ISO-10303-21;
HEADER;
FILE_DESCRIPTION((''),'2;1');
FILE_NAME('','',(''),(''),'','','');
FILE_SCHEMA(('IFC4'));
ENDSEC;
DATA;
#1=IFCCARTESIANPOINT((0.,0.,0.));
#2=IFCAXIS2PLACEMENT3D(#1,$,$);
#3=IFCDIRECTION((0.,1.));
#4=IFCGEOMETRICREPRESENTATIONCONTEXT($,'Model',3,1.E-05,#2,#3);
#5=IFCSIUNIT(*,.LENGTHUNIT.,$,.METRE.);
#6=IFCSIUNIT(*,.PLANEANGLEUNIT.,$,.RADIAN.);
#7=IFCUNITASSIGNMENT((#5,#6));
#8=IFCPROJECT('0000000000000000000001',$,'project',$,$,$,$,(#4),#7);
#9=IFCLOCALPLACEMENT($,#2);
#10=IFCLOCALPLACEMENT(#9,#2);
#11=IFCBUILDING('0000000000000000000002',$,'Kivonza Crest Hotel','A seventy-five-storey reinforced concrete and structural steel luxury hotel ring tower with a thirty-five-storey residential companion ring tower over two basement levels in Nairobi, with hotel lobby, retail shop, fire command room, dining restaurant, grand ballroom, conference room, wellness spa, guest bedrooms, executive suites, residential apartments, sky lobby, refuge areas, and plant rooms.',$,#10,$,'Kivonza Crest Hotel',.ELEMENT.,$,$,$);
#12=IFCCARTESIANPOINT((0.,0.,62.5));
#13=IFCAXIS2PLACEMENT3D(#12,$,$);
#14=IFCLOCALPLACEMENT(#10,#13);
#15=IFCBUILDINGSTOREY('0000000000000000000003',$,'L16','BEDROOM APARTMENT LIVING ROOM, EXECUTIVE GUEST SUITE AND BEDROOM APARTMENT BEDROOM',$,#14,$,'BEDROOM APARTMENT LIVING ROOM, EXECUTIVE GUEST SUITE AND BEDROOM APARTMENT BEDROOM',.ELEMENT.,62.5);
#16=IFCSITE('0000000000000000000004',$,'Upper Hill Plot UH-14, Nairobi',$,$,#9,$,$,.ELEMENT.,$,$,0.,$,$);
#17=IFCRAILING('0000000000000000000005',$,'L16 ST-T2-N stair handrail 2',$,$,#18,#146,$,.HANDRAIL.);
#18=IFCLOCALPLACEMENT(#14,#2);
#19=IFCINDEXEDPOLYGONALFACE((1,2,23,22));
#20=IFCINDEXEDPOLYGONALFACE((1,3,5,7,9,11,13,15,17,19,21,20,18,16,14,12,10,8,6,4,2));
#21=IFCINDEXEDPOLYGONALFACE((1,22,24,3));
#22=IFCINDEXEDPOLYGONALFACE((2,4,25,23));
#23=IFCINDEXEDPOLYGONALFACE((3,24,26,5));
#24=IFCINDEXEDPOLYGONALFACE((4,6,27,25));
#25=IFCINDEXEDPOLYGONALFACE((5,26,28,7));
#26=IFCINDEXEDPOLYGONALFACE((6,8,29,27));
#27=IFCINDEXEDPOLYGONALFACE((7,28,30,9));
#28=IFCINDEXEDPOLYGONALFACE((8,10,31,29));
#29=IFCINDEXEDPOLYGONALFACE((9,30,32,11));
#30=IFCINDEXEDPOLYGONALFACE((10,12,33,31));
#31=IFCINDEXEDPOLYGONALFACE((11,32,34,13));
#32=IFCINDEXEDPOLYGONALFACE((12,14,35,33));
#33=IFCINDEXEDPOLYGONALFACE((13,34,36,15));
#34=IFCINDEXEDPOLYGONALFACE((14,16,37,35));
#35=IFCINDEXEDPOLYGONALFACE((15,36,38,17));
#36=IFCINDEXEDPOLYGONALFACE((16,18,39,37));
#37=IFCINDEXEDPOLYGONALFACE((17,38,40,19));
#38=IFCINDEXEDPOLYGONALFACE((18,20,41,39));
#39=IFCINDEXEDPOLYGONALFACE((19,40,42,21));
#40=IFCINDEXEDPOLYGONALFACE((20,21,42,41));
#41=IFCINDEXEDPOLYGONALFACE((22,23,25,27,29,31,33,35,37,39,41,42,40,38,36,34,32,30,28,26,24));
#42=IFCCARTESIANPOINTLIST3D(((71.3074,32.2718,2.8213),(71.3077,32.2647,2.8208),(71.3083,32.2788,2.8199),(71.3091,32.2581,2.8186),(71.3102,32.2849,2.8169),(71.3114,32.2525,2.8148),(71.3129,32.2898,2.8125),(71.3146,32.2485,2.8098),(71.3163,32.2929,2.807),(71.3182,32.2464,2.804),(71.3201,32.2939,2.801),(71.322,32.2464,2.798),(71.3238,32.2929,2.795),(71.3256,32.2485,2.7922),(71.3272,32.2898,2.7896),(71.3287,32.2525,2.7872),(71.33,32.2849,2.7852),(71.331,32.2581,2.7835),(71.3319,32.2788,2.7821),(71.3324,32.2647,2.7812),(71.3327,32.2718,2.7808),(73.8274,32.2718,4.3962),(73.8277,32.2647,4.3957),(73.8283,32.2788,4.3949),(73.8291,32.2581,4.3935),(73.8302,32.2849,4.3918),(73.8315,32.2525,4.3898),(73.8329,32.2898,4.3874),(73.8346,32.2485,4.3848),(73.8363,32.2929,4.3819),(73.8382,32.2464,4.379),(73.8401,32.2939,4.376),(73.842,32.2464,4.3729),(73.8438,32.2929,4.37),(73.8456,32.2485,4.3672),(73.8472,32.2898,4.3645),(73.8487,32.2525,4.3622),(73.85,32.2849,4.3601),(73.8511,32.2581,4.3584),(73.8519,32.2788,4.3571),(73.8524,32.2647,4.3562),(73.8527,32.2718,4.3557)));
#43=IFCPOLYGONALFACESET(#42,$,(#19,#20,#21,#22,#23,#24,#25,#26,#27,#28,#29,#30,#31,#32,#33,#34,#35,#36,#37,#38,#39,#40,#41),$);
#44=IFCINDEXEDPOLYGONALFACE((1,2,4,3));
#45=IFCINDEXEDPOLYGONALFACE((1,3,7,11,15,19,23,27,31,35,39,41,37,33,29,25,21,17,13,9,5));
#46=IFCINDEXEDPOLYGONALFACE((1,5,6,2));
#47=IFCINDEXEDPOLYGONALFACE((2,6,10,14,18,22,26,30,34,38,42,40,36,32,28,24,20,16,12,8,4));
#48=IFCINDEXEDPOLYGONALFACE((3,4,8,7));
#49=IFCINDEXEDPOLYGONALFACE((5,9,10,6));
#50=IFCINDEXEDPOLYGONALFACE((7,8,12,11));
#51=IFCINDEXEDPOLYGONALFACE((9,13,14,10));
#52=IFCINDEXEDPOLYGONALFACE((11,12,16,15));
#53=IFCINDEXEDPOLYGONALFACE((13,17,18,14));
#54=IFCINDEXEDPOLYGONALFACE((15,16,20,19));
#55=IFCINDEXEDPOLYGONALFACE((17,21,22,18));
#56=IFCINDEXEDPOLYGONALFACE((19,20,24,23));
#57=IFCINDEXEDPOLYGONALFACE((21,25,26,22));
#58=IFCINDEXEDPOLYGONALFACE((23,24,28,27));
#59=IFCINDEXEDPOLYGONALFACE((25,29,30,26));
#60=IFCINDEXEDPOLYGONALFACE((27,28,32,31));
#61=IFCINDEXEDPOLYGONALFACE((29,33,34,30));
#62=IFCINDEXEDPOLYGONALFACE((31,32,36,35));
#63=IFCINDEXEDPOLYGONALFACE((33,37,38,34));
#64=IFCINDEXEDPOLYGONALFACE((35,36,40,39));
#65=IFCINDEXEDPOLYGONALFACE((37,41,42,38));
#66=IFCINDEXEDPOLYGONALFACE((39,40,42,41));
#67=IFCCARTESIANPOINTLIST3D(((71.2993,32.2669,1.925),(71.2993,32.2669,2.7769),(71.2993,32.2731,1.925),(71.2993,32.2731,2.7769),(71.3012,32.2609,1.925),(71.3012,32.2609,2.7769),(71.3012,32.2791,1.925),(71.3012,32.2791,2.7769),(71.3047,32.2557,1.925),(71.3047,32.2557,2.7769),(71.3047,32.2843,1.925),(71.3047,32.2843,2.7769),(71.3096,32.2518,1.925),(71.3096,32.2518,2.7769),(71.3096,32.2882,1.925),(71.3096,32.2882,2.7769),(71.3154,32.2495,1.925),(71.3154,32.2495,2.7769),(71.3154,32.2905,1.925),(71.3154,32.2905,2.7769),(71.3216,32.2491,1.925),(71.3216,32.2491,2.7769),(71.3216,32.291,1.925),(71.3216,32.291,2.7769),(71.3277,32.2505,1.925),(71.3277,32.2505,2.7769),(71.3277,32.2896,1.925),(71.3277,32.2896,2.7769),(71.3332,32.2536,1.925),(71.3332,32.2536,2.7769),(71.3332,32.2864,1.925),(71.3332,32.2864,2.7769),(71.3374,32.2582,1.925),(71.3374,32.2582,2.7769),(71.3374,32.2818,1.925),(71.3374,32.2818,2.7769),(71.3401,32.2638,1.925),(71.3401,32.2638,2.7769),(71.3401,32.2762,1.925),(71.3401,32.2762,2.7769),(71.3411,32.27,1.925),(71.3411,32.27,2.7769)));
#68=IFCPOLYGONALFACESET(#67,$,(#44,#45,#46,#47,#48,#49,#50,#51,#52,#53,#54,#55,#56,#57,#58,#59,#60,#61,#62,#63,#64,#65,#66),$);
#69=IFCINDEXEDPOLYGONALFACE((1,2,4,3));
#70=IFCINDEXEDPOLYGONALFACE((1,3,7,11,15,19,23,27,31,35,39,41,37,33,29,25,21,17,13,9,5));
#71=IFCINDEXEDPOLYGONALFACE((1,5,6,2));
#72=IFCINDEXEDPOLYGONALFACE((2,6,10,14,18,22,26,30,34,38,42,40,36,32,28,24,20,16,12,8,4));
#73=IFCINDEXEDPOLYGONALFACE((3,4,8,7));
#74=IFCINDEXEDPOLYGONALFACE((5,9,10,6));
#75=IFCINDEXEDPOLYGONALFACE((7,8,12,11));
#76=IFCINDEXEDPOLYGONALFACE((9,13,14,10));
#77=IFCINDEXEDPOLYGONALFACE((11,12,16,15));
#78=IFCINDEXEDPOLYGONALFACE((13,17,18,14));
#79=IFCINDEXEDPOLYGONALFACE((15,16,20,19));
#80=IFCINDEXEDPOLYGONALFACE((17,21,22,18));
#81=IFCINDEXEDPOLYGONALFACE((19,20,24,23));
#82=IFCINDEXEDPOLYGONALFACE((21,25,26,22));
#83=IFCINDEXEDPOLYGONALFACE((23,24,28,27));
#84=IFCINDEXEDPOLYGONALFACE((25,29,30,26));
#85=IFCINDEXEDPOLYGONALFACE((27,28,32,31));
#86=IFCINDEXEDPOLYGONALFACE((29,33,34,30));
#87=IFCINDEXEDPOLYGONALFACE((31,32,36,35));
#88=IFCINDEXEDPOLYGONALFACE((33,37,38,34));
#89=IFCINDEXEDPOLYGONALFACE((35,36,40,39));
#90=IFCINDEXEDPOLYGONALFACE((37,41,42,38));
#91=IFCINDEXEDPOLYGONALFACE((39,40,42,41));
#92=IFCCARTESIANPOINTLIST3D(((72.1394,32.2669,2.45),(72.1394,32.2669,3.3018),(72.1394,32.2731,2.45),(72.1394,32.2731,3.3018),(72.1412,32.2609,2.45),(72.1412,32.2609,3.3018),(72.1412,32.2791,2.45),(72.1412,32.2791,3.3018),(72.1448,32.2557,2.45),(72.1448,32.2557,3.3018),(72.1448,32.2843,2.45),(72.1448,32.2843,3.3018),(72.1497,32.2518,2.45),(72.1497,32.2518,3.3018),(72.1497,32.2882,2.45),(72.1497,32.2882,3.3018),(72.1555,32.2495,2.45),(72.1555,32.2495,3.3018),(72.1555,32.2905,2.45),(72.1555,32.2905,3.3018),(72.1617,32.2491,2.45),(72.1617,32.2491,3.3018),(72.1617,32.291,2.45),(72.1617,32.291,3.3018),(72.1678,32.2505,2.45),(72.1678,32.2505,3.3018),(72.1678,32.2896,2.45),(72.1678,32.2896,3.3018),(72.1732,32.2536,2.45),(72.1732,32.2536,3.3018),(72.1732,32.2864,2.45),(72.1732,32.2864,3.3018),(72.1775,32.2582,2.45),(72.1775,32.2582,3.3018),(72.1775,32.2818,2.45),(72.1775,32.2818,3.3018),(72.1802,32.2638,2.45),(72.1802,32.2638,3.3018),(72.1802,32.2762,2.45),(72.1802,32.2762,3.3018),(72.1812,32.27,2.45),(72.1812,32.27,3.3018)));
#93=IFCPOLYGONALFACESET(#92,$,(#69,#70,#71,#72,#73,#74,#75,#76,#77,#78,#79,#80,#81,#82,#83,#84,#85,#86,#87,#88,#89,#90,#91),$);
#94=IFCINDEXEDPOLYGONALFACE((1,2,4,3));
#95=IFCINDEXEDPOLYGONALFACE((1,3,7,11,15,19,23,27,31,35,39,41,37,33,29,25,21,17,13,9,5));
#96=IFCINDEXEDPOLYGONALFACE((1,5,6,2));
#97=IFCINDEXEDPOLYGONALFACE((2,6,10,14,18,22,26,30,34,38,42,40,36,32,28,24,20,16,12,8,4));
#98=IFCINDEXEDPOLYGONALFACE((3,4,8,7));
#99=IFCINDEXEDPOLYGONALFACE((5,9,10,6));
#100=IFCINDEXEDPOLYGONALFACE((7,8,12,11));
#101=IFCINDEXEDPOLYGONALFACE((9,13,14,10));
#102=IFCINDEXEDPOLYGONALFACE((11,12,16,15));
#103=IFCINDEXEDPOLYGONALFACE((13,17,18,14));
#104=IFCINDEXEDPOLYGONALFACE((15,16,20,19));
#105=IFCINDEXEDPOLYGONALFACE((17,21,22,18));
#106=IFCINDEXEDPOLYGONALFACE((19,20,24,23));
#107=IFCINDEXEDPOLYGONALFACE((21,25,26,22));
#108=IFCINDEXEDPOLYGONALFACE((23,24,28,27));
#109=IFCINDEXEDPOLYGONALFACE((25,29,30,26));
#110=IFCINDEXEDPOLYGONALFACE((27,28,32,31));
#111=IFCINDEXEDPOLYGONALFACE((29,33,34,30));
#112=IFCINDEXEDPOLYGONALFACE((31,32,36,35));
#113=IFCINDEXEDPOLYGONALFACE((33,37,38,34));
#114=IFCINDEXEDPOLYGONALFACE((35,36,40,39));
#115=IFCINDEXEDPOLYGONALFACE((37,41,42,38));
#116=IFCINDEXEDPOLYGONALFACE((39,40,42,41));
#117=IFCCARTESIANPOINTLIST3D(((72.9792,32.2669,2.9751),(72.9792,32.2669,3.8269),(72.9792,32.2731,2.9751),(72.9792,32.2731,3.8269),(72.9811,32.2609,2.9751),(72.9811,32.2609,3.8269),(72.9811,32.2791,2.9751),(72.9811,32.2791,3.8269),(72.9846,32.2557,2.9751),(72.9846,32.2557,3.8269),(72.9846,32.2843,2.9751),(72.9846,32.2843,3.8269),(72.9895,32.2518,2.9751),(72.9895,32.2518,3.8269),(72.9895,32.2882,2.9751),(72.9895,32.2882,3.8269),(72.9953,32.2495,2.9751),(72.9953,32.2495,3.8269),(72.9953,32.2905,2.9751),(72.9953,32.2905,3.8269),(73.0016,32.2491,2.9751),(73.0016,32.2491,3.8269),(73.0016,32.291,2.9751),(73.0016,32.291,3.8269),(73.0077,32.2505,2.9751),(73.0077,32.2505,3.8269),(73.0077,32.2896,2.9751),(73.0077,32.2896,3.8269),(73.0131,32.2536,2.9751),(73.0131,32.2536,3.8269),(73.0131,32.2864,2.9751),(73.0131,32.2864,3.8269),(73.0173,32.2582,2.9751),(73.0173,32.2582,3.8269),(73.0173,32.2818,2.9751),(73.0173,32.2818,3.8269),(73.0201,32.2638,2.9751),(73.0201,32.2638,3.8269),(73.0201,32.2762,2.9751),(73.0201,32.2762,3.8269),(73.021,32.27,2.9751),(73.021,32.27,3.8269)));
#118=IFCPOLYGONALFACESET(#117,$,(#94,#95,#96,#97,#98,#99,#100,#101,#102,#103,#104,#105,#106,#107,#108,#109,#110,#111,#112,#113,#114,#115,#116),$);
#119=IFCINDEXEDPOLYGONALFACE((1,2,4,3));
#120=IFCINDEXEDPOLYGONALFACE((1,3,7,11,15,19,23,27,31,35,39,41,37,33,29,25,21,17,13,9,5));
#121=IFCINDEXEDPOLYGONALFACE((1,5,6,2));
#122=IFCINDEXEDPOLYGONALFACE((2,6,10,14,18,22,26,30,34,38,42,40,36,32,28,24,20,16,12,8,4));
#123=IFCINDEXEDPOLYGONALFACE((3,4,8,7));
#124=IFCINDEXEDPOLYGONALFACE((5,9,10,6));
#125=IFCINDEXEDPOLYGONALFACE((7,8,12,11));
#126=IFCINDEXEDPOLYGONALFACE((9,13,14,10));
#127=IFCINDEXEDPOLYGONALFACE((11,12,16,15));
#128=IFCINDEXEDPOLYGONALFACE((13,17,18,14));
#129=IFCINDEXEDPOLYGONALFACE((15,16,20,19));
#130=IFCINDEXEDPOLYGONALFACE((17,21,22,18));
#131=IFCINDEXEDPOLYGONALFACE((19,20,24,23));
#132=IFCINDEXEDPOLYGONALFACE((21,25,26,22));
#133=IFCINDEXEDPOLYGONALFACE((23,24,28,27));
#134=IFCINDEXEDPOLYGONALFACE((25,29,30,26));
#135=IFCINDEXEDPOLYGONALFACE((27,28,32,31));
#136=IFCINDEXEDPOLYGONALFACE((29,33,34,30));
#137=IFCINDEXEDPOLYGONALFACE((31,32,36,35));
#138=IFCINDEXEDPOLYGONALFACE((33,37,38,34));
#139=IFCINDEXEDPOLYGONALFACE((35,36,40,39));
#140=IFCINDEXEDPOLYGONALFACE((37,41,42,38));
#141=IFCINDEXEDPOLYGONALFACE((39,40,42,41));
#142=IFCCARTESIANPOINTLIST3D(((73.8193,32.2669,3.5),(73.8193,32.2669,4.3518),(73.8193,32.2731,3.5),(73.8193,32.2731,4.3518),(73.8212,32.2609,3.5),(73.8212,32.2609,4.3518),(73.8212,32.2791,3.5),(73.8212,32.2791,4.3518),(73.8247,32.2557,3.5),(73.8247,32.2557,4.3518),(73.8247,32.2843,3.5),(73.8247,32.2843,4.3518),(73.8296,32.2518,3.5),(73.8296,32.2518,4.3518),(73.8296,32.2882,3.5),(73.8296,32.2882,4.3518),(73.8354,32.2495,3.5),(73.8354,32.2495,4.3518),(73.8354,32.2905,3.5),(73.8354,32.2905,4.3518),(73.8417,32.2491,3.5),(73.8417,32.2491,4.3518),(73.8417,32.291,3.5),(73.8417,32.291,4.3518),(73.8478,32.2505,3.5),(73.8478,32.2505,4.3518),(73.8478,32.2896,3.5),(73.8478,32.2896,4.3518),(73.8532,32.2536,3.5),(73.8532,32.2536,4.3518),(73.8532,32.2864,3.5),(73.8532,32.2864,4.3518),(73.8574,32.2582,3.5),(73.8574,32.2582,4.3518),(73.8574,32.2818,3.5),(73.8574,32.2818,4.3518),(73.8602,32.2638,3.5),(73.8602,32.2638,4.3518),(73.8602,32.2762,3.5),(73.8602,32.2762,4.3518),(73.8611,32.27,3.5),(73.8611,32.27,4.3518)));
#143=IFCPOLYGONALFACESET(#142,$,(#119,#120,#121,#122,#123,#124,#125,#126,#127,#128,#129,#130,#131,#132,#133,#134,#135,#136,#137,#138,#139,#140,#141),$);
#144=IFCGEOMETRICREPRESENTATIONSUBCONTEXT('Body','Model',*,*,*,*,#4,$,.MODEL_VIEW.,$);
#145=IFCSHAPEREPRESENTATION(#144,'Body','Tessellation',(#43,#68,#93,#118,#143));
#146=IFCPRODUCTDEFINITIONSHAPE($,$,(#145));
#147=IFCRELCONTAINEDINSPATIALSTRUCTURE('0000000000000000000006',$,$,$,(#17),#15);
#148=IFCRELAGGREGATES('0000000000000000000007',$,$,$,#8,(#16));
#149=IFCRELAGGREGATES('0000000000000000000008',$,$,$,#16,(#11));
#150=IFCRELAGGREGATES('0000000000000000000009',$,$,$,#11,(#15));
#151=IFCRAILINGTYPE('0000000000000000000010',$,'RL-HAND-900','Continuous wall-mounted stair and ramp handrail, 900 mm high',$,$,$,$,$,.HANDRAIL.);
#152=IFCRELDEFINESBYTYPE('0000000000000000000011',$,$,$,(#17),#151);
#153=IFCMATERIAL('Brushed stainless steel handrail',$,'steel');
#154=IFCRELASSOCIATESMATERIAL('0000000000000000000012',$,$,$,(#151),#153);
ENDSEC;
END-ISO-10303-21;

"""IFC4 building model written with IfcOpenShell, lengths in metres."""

from ifc_helpers import new_model, si_unit, direction, frame, origin, origin_2d, place, context, subcontext, project, spatial, circle, extrude, material, type_object, element, save


model = new_model("IFC4")

# Units and contexts
model_context = context("Model", 3, precision=1e-05, world=origin(), true_north=direction((0.0, 1.0)))
body_context = subcontext(model_context, "Body", "Model", "MODEL_VIEW")
ifc_project = project(units=[si_unit("LENGTHUNIT", "METRE"), si_unit("PLANEANGLEUNIT", "RADIAN")], contexts=[model_context])

# Site, building, storey
site_placement = place(None, origin())
site = spatial("IfcSite", under=ifc_project, at=site_placement, Name="Upper Hill Plot UH-14, Nairobi", CompositionType="ELEMENT", RefElevation=0.0)
building_placement = place(site_placement, origin())
building = spatial("IfcBuilding", under=site, at=building_placement, Name="Kivonza Crest Hotel", Description="A seventy-five-storey reinforced concrete and structural steel luxury hotel ring tower with a thirty-five-storey residential companion ring tower over two basement levels in Nairobi, with hotel lobby, retail shop, fire command room, dining restaurant, grand ballroom, conference room, wellness spa, guest bedrooms, executive suites, residential apartments, sky lobby, refuge areas, and plant rooms.", LongName="Kivonza Crest Hotel", CompositionType="ELEMENT")
storey_placement = place(building_placement, frame((0.0, 0.0, 62.5)))
storey = spatial("IfcBuildingStorey", under=building, at=storey_placement, Name="L16", Description="BEDROOM APARTMENT LIVING ROOM, EXECUTIVE GUEST SUITE AND BEDROOM APARTMENT BEDROOM", LongName="BEDROOM APARTMENT LIVING ROOM, EXECUTIVE GUEST SUITE AND BEDROOM APARTMENT BEDROOM", CompositionType="ELEMENT", Elevation=62.5)

# Railing
ifc_material_1 = material(Name="Brushed stainless steel handrail", Category="steel")
railing_type_1 = type_object("IfcRailingType", Name="RL-HAND-900", Description="Continuous wall-mounted stair and ramp handrail, 900 mm high", PredefinedType="HANDRAIL", material=ifc_material_1)
railing_1_placement = place(storey_placement, frame((71.3201, 32.27, 1.925)))
element("IfcRailing", 1, at=railing_1_placement, inside=storey, type_object=railing_type_1, Name="L16 ST-T2-N stair handrail 2", PredefinedType="HANDRAIL", context=body_context, shape_type="SweptSolid", body=[
    extrude(circle(Radius=0.0239, at=origin_2d()), frame((0.0, 0.0, 0.876), z_axis=(0.848008, 0.0, 0.529984), x_axis=(0.0, 1.0, 0.0)), (0.0, 0.0, 1.0), 2.9717),
    extrude(circle(Radius=0.021, at=origin_2d()), origin(), (0.0, 0.0, 1.0), 0.8518),
    extrude(circle(Radius=0.021, at=origin_2d()), frame((0.8401, 0.0, 0.5249)), (0.0, 0.0, 1.0), 0.8518),
    extrude(circle(Radius=0.021, at=origin_2d()), frame((1.6799, 0.0, 1.05)), (0.0, 0.0, 1.0), 0.8518),
    extrude(circle(Radius=0.021, at=origin_2d()), frame((2.52, 0.0, 1.575)), (0.0, 0.0, 1.0), 0.8518),
])

save(model, "model.ifc")
